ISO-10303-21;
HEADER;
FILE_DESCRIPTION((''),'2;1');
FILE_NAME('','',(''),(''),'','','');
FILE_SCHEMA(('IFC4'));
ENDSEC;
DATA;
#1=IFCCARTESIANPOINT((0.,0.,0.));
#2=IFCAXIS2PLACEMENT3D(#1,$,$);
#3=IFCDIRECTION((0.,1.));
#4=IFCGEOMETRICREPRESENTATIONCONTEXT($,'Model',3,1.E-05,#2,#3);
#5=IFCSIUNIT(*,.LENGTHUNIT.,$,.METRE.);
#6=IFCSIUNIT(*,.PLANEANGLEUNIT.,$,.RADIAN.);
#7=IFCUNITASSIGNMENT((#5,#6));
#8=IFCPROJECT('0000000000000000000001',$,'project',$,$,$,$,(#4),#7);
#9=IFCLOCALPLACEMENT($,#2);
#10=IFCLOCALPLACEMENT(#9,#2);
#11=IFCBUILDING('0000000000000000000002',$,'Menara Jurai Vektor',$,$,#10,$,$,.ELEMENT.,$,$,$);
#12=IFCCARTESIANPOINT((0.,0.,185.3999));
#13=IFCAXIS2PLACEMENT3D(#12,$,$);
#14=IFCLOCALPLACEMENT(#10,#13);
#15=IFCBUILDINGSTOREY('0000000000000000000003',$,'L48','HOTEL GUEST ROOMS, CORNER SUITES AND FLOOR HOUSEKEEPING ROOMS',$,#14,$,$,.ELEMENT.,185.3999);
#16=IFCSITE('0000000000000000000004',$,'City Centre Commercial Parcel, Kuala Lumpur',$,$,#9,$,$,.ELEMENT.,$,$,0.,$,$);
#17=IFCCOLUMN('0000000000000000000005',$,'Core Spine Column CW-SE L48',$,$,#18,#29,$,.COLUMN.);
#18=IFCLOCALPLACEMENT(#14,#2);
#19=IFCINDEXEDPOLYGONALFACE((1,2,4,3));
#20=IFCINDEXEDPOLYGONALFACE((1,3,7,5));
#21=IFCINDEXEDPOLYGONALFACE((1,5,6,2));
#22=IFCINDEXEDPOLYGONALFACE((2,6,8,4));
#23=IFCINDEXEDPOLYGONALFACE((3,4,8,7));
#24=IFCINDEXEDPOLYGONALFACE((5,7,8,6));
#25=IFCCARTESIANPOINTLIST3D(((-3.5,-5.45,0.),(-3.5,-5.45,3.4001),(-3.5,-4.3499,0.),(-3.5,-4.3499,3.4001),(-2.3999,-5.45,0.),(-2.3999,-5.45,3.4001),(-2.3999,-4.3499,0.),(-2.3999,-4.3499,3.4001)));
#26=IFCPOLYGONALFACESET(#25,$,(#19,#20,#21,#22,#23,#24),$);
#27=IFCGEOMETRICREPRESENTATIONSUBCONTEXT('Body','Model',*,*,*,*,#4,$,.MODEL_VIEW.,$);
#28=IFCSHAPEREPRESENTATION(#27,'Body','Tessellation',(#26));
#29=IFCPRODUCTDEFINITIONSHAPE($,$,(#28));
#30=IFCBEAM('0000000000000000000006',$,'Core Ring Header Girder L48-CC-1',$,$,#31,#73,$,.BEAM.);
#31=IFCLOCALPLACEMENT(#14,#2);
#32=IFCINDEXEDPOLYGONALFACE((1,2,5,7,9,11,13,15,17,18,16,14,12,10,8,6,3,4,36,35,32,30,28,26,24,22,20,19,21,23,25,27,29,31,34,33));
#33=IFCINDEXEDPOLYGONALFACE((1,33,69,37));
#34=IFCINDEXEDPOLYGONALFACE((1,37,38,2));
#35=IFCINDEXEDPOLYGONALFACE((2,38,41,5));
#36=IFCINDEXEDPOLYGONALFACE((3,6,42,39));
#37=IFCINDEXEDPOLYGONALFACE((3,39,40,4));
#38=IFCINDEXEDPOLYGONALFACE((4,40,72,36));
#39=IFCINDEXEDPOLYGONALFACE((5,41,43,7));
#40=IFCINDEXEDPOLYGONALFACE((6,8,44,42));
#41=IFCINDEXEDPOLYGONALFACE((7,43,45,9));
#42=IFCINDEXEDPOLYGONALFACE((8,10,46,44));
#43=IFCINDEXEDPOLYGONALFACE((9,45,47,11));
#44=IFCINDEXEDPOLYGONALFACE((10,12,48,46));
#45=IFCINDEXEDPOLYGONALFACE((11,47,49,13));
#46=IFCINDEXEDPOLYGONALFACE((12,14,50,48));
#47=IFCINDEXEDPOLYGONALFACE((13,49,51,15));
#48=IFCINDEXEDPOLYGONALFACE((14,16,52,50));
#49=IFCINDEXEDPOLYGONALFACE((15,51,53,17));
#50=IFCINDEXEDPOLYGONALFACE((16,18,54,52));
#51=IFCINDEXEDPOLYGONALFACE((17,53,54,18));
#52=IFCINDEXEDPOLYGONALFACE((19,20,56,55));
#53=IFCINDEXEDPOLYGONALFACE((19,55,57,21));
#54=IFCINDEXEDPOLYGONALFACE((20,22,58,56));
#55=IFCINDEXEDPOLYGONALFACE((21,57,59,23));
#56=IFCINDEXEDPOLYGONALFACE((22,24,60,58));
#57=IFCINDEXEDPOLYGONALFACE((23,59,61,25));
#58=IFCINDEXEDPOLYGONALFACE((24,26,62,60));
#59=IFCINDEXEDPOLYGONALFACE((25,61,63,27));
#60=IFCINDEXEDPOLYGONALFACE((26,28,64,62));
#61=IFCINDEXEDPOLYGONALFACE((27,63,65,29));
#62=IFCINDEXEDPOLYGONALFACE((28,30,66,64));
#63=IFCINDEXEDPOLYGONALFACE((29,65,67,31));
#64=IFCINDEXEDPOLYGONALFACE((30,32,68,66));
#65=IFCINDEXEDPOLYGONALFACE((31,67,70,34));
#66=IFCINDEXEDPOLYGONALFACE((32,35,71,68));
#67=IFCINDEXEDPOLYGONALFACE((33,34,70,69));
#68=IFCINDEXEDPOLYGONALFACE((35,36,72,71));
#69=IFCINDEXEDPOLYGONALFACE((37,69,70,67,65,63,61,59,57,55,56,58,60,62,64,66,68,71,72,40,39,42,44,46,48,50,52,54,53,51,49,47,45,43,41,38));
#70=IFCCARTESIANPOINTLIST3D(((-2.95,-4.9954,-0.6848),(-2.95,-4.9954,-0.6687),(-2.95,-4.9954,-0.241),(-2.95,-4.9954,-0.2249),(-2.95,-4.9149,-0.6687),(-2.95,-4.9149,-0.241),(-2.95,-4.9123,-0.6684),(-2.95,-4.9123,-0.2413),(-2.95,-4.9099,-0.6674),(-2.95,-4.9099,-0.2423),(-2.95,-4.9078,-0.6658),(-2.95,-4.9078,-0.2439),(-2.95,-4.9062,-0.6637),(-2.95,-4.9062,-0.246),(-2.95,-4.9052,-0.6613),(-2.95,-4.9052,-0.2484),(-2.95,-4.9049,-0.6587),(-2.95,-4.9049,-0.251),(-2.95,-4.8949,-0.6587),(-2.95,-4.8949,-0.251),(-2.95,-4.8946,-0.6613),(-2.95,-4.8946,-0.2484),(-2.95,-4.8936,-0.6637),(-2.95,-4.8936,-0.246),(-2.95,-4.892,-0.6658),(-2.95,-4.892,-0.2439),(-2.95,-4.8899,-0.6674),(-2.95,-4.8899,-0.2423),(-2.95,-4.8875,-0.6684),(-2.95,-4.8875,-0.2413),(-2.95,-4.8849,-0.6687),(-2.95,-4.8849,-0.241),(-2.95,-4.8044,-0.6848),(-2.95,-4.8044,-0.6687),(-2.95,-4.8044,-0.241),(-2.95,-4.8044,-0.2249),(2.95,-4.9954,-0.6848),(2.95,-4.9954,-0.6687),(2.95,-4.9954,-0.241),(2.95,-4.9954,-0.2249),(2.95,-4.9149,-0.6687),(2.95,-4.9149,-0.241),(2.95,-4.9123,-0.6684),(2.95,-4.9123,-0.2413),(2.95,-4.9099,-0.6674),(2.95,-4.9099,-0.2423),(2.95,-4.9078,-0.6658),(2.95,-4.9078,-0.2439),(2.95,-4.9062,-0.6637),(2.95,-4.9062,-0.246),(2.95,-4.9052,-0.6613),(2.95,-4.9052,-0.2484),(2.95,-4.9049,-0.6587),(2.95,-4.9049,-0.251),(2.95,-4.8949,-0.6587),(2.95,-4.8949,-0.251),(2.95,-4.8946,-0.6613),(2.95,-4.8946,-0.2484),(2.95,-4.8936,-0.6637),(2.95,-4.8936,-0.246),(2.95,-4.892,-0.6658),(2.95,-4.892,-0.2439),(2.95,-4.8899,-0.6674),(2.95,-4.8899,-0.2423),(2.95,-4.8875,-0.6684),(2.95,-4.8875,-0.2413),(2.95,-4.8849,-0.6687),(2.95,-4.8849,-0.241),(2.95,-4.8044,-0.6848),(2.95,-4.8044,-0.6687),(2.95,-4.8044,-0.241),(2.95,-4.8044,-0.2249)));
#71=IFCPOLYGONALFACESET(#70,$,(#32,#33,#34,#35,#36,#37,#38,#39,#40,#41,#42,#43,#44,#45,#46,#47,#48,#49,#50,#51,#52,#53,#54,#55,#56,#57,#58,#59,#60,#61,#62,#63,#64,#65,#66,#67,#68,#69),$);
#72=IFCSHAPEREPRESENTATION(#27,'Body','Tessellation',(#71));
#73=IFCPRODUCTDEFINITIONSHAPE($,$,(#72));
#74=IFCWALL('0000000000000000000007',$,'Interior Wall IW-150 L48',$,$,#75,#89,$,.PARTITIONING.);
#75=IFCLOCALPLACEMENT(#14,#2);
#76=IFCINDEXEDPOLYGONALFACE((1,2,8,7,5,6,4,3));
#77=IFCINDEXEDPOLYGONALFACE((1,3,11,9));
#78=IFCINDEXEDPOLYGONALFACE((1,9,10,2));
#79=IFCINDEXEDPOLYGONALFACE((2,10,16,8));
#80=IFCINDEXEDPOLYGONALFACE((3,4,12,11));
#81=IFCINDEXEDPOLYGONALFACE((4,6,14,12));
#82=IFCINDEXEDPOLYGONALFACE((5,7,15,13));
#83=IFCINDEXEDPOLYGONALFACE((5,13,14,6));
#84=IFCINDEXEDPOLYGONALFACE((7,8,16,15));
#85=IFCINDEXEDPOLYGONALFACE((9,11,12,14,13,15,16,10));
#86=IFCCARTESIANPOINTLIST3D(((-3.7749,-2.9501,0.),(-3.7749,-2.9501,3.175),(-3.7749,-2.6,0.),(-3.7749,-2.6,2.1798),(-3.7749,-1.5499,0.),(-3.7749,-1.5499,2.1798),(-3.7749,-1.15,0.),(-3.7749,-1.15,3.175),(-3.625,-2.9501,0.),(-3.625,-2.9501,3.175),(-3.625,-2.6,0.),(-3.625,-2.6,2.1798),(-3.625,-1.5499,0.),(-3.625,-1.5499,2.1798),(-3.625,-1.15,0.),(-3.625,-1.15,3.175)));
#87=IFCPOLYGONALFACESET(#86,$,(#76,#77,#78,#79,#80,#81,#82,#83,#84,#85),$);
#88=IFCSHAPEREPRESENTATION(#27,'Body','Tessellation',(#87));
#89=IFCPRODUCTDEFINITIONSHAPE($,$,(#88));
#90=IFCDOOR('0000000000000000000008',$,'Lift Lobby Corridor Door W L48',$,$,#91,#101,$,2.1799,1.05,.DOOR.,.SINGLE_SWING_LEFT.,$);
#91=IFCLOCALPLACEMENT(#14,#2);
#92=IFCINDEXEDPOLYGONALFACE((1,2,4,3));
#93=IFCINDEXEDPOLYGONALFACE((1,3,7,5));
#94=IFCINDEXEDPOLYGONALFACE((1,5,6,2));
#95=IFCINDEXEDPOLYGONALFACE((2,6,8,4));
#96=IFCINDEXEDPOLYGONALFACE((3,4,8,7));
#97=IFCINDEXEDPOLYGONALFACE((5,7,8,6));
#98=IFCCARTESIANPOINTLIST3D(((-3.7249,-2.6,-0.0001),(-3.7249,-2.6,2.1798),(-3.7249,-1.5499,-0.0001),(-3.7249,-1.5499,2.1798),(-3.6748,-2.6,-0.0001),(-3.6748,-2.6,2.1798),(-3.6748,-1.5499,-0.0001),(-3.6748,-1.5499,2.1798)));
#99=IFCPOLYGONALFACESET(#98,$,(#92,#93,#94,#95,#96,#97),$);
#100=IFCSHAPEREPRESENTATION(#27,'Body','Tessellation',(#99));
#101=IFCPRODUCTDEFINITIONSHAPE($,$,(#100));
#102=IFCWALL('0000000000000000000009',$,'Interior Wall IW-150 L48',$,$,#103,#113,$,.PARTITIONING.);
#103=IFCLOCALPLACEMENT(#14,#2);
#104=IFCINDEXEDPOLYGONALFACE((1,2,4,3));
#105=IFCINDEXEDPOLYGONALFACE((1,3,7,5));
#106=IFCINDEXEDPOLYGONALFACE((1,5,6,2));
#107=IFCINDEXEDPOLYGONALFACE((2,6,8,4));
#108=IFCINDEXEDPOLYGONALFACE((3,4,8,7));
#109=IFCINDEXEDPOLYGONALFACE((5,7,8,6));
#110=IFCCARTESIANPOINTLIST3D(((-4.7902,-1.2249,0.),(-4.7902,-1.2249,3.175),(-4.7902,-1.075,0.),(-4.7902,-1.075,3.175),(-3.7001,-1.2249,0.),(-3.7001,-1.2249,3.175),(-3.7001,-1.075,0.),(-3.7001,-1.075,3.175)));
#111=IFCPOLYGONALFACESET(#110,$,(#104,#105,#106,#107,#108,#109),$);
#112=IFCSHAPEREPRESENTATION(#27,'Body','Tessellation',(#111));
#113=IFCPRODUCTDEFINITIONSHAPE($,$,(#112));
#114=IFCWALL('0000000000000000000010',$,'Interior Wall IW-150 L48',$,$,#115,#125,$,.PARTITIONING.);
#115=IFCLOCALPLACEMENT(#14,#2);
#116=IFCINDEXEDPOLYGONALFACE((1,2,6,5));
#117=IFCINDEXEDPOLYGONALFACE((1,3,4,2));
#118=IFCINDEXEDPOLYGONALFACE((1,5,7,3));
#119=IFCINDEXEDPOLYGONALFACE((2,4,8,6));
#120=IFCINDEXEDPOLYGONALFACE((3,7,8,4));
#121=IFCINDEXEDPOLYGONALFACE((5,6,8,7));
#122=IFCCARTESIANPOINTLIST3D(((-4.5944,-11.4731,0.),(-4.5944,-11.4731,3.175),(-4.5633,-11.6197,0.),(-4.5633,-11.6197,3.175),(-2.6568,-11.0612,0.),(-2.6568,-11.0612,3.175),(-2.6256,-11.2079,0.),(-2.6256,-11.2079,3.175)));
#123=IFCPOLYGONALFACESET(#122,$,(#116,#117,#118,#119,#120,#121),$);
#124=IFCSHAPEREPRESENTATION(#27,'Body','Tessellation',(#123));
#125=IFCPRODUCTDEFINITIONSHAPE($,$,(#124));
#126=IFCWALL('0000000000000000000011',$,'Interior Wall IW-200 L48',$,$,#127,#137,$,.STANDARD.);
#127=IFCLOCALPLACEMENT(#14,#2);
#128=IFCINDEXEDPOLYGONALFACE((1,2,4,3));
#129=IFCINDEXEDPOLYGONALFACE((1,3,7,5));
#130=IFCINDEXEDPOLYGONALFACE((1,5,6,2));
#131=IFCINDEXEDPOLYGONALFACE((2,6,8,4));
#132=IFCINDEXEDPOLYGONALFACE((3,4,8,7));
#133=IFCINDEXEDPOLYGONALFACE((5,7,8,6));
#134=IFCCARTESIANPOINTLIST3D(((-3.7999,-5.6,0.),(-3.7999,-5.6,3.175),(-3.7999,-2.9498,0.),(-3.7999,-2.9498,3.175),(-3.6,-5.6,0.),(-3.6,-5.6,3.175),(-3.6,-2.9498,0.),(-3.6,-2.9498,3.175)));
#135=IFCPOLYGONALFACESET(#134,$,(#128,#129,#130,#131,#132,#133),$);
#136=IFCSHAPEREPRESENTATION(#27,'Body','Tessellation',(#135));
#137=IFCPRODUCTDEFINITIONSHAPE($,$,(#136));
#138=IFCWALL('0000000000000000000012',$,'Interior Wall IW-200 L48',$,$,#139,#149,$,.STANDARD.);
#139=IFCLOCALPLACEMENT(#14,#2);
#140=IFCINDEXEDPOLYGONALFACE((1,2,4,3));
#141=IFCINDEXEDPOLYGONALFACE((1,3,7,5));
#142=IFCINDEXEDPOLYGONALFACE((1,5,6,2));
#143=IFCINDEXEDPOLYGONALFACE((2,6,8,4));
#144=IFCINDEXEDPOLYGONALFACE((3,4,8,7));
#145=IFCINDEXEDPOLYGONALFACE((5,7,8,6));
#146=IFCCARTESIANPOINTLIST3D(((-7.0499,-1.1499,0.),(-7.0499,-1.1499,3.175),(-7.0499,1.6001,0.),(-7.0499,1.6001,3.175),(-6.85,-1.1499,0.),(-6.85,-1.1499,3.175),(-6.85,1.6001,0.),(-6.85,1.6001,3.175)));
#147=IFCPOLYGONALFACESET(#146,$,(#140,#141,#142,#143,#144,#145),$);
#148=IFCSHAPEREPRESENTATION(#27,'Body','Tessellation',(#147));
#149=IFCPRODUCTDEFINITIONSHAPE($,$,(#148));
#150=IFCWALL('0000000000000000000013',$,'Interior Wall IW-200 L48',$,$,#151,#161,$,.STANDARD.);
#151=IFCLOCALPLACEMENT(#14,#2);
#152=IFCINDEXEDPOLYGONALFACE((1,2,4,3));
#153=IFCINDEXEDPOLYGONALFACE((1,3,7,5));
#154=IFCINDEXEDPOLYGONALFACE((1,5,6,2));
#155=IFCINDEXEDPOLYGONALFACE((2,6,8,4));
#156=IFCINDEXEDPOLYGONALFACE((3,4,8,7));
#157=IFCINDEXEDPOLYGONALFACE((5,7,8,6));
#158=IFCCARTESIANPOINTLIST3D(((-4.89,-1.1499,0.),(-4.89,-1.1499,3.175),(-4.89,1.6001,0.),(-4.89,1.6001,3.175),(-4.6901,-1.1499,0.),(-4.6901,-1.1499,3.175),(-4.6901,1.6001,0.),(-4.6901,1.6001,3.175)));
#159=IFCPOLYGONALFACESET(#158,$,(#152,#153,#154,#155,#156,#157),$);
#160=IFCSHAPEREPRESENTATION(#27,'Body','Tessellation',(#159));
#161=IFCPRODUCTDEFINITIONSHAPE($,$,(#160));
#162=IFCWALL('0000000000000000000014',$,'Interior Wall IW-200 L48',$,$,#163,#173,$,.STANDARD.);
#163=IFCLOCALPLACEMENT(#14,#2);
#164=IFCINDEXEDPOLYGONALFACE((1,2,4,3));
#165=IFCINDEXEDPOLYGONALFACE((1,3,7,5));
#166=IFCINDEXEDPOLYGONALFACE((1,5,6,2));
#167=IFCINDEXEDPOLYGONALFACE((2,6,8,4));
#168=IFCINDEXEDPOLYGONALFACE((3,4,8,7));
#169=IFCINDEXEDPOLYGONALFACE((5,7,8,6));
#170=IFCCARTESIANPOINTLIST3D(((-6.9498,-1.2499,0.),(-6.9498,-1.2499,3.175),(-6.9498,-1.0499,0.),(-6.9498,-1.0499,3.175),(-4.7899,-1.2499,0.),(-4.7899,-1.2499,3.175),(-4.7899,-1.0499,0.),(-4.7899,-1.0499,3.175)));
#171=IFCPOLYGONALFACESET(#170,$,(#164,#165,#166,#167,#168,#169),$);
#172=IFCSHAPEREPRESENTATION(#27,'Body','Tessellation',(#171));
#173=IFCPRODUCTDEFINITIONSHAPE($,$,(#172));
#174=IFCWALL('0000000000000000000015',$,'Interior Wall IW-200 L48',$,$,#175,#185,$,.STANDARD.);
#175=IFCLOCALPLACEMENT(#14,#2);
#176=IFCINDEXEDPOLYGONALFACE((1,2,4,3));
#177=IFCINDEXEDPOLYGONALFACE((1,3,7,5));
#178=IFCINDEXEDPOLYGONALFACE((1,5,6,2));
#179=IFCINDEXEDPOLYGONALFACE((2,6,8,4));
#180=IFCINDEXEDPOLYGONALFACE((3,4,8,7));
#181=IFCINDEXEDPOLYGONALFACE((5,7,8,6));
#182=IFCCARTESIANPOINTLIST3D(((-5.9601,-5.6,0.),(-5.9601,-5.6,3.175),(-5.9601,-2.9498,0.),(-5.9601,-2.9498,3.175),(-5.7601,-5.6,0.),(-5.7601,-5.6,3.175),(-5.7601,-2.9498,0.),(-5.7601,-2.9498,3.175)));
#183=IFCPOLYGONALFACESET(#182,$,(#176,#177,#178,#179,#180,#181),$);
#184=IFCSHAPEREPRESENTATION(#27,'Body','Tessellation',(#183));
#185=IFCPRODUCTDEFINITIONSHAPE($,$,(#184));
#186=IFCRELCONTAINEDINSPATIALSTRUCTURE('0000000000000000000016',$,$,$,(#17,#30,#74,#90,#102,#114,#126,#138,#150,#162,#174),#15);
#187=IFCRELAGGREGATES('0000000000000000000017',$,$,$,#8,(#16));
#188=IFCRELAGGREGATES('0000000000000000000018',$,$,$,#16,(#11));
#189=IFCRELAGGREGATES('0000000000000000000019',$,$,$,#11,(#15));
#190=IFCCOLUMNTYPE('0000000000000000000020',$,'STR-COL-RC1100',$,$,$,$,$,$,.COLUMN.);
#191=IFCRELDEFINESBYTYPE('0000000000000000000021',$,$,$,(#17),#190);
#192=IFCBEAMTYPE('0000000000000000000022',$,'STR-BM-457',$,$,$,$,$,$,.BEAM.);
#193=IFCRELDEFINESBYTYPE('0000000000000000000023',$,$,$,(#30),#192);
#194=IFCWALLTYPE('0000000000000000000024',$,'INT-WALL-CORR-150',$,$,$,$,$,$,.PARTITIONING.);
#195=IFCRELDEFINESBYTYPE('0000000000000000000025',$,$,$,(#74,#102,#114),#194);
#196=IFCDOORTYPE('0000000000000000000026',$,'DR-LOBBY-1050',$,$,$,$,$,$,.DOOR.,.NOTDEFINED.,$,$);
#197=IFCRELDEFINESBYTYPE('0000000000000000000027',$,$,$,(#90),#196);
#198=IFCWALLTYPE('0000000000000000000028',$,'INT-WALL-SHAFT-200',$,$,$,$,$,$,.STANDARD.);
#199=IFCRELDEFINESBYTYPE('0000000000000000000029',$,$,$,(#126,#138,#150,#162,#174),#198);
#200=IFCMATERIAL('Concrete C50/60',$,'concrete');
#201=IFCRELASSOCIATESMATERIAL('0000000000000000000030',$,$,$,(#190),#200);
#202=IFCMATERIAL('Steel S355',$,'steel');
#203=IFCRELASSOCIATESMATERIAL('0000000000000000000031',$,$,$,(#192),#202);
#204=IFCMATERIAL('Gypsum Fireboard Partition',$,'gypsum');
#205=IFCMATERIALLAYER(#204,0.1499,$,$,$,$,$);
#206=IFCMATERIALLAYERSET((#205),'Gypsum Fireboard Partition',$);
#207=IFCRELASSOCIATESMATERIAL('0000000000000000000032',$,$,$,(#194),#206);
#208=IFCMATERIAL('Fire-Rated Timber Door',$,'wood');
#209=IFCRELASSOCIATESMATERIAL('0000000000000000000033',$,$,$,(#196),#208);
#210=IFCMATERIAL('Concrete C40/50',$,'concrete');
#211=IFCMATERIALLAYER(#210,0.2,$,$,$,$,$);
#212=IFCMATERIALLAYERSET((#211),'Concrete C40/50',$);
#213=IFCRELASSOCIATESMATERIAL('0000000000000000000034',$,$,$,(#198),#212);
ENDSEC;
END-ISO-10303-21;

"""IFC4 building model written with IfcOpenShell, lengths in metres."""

from ifc_helpers import new_model, si_unit, direction, frame, frame_2d, origin, origin_2d, place, context, subcontext, project, spatial, rectangle, i_section, extrude, material, layer, layer_set, material_profile, profile_set, type_object, element, fill, save


model = new_model("IFC4")

# Units and contexts
model_context = context("Model", 3, precision=1e-05, world=origin(), true_north=direction((0.0, 1.0)))
body_context = subcontext(model_context, "Body", "Model", "MODEL_VIEW")
ifc_project = project(units=[si_unit("LENGTHUNIT", "METRE"), si_unit("PLANEANGLEUNIT", "RADIAN")], contexts=[model_context])

# Site, building, storey
site_placement = place(None, origin())
site = spatial("IfcSite", under=ifc_project, at=site_placement, Name="City Centre Commercial Parcel, Kuala Lumpur", CompositionType="ELEMENT", RefElevation=0.0)
building_placement = place(site_placement, origin())
building = spatial("IfcBuilding", under=site, at=building_placement, Name="Menara Jurai Vektor", CompositionType="ELEMENT")
storey_placement = place(building_placement, frame((0.0, 0.0, 185.3999)))
storey = spatial("IfcBuildingStorey", under=building, at=storey_placement, Name="L48", Description="HOTEL GUEST ROOMS, CORNER SUITES AND FLOOR HOUSEKEEPING ROOMS", CompositionType="ELEMENT", Elevation=185.3999)

# Column
ifc_material_1 = material(Name="Concrete C50/60", Category="concrete")
ifc_material_profile_1 = material_profile(ifc_material_1, rectangle(XDim=1.1001, YDim=1.1001, at=origin_2d()), Name="RC 1100x1100")
ifc_profile_set_1 = profile_set([ifc_material_profile_1], Name="Concrete C50/60")
column_type = type_object("IfcColumnType", Name="STR-COL-RC1100", PredefinedType="COLUMN", material=ifc_profile_set_1)
column_placement = place(storey_placement, frame((-2.95, -4.8999, 0.0), z_axis=(0.0, 0.0, 1.0), x_axis=(1.0, 0.0, 0.0)))
element("IfcColumn", 1, at=column_placement, inside=storey, type_object=column_type, Name="Core Spine Column CW-SE L48", PredefinedType="COLUMN", context=body_context, shape_type="SweptSolid", body=[
    extrude(rectangle(XDim=1.1001, YDim=1.1001, at=origin_2d()), origin(), (0.0, 0.0, 1.0), 3.4001),
])

# Beam
ifc_material_2 = material(Name="Steel S355", Category="steel")
ifc_material_profile_2 = material_profile(ifc_material_2, i_section(OverallWidth=0.1909, OverallDepth=0.46, WebThickness=0.01, FlangeThickness=0.0161, FilletRadius=0.01, at=origin_2d()), Name="UKB 457x191x82")
ifc_profile_set_2 = profile_set([ifc_material_profile_2], Name="Steel S355")
beam_type = type_object("IfcBeamType", Name="STR-BM-457", PredefinedType="BEAM", material=ifc_profile_set_2)
beam_placement = place(storey_placement, frame((-2.95, -4.8999, -0.4548), z_axis=(1.0, 0.0, 0.0), x_axis=(0.0, 1.0, 0.0)))
element("IfcBeam", 2, at=beam_placement, inside=storey, type_object=beam_type, Name="Core Ring Header Girder L48-CC-1", PredefinedType="BEAM", context=body_context, shape_type="SweptSolid", body=[
    extrude(i_section(OverallWidth=0.1909, OverallDepth=0.46, WebThickness=0.01, FlangeThickness=0.0161, FilletRadius=0.01, at=origin_2d()), origin(), (0.0, 0.0, 1.0), 5.8999),
])

# Wall, opening, door
ifc_material_3 = material(Name="Gypsum Fireboard Partition", Category="gypsum")
ifc_layer_1 = layer(ifc_material_3, 0.1499)
ifc_layer_set_1 = layer_set([ifc_layer_1], Name="Gypsum Fireboard Partition")
wall_type_1 = type_object("IfcWallType", Name="INT-WALL-CORR-150", PredefinedType="PARTITIONING", material=ifc_layer_set_1)
wall_1_placement = place(storey_placement, frame((-3.7, -2.95, 0.0), z_axis=(0.0, 0.0, 1.0), x_axis=(0.0, 1.0, 0.0)))
wall_1 = element("IfcWall", 3, at=wall_1_placement, inside=storey, type_object=wall_type_1, Name="Interior Wall IW-150 L48", PredefinedType="PARTITIONING", context=body_context, shape_type="SweptSolid", body=[
    extrude(rectangle(XDim=1.8, YDim=0.1499, at=frame_2d((0.8999, 0.0))), origin(), (0.0, 0.0, 1.0), 3.175),
])
opening_1_placement = place(wall_1_placement, frame((0.3501, 0.0, 0.0)))
opening_1 = element("IfcOpeningElement", 4, at=opening_1_placement, cuts=wall_1, PredefinedType="OPENING", context=body_context, shape_type="SweptSolid", body=[
    extrude(rectangle(XDim=1.05, YDim=2.1799, at=frame_2d((0.5249, 1.0898))), frame((0.0, 0.085, 0.0), z_axis=(0.0, -1.0, 0.0), x_axis=(1.0, 0.0, 0.0)), (0.0, 0.0, 1.0), 0.1699),
])
ifc_material_4 = material(Name="Fire-Rated Timber Door", Category="wood")
door_type_1 = type_object("IfcDoorType", Name="DR-LOBBY-1050", OperationType="NOTDEFINED", PredefinedType="DOOR", material=ifc_material_4)
door_1_placement = place(opening_1_placement, origin())
door_1 = element("IfcDoor", 5, at=door_1_placement, inside=storey, type_object=door_type_1, Name="Lift Lobby Corridor Door W L48", OperationType="SINGLE_SWING_LEFT", OverallHeight=2.1799, OverallWidth=1.05, PredefinedType="DOOR", context=body_context, shape_type="SweptSolid", body=[
    extrude(rectangle(XDim=1.05, YDim=2.1799, at=frame_2d((0.5249, 1.0898))), frame((0.0, 0.0249, 0.0), z_axis=(0.0, -1.0, 0.0), x_axis=(1.0, 0.0, 0.0)), (0.0, 0.0, 1.0), 0.05),
])
fill(opening_1, door_1)

# Wall
wall_2_placement = place(storey_placement, frame((-4.79, -1.1499, 0.0), z_axis=(0.0, 0.0, 1.0), x_axis=(1.0, 0.0, 0.0)))
element("IfcWall", 6, at=wall_2_placement, inside=storey, type_object=wall_type_1, Name="Interior Wall IW-150 L48", PredefinedType="PARTITIONING", context=body_context, shape_type="SweptSolid", body=[
    extrude(rectangle(XDim=1.0901, YDim=0.1499, at=frame_2d((0.5449, 0.0))), origin(), (0.0, 0.0, 1.0), 3.175),
])

# Wall
wall_3_placement = place(storey_placement, frame((-4.5789, -11.5464, 0.0), z_axis=(0.0, 0.0, 1.0), x_axis=(0.978149, 0.207904, 0.0)))
element("IfcWall", 7, at=wall_3_placement, inside=storey, type_object=wall_type_1, Name="Interior Wall IW-150 L48", PredefinedType="PARTITIONING", context=body_context, shape_type="SweptSolid", body=[
    extrude(rectangle(XDim=1.981, YDim=0.1499, at=frame_2d((0.9905, 0.0))), origin(), (0.0, 0.0, 1.0), 3.175),
])

# Shared definitions
ifc_material_5 = material(Name="Concrete C40/50", Category="concrete")
ifc_layer_2 = layer(ifc_material_5, 0.2)
ifc_layer_set_2 = layer_set([ifc_layer_2], Name="Concrete C40/50")
wall_type_2 = type_object("IfcWallType", Name="INT-WALL-SHAFT-200", PredefinedType="STANDARD", material=ifc_layer_set_2)

# Walls
wall_4_placement = place(storey_placement, frame((-3.7, -5.6001, 0.0), z_axis=(0.0, 0.0, 1.0), x_axis=(0.0, 1.0, 0.0)))
element("IfcWall", 8, at=wall_4_placement, inside=storey, type_object=wall_type_2, Name="Interior Wall IW-200 L48", PredefinedType="STANDARD", context=body_context, shape_type="SweptSolid", body=[
    extrude(rectangle(XDim=2.6501, YDim=0.2, at=frame_2d((1.3252, 0.0))), origin(), (0.0, 0.0, 1.0), 3.175),
])
wall_5_placement = place(storey_placement, frame((-6.95, -1.1499, 0.0), z_axis=(0.0, 0.0, 1.0), x_axis=(0.0, 1.0, 0.0)))
element("IfcWall", 9, at=wall_5_placement, inside=storey, type_object=wall_type_2, Name="Interior Wall IW-200 L48", PredefinedType="STANDARD", context=body_context, shape_type="SweptSolid", body=[
    extrude(rectangle(XDim=2.75, YDim=0.2, at=frame_2d((1.375, 0.0))), origin(), (0.0, 0.0, 1.0), 3.175),
])

# Walls
wall_6_placement = place(storey_placement, frame((-4.79, -1.1499, 0.0), z_axis=(0.0, 0.0, 1.0), x_axis=(0.0, 1.0, 0.0)))
element("IfcWall", 10, at=wall_6_placement, inside=storey, type_object=wall_type_2, Name="Interior Wall IW-200 L48", PredefinedType="STANDARD", context=body_context, shape_type="SweptSolid", body=[
    extrude(rectangle(XDim=2.75, YDim=0.2, at=frame_2d((1.375, 0.0))), origin(), (0.0, 0.0, 1.0), 3.175),
])
wall_7_placement = place(storey_placement, frame((-6.95, -1.1499, 0.0), z_axis=(0.0, 0.0, 1.0), x_axis=(1.0, 0.0, 0.0)))
element("IfcWall", 11, at=wall_7_placement, inside=storey, type_object=wall_type_2, Name="Interior Wall IW-200 L48", PredefinedType="STANDARD", context=body_context, shape_type="SweptSolid", body=[
    extrude(rectangle(XDim=2.1599, YDim=0.2, at=frame_2d((1.0801, 0.0))), origin(), (0.0, 0.0, 1.0), 3.175),
])
wall_8_placement = place(storey_placement, frame((-5.8601, -5.6001, 0.0), z_axis=(0.0, 0.0, 1.0), x_axis=(0.0, 1.0, 0.0)))
element("IfcWall", 12, at=wall_8_placement, inside=storey, type_object=wall_type_2, Name="Interior Wall IW-200 L48", PredefinedType="STANDARD", context=body_context, shape_type="SweptSolid", body=[
    extrude(rectangle(XDim=2.6501, YDim=0.2, at=frame_2d((1.3252, 0.0))), origin(), (0.0, 0.0, 1.0), 3.175),
])

save(model, "model.ifc")
